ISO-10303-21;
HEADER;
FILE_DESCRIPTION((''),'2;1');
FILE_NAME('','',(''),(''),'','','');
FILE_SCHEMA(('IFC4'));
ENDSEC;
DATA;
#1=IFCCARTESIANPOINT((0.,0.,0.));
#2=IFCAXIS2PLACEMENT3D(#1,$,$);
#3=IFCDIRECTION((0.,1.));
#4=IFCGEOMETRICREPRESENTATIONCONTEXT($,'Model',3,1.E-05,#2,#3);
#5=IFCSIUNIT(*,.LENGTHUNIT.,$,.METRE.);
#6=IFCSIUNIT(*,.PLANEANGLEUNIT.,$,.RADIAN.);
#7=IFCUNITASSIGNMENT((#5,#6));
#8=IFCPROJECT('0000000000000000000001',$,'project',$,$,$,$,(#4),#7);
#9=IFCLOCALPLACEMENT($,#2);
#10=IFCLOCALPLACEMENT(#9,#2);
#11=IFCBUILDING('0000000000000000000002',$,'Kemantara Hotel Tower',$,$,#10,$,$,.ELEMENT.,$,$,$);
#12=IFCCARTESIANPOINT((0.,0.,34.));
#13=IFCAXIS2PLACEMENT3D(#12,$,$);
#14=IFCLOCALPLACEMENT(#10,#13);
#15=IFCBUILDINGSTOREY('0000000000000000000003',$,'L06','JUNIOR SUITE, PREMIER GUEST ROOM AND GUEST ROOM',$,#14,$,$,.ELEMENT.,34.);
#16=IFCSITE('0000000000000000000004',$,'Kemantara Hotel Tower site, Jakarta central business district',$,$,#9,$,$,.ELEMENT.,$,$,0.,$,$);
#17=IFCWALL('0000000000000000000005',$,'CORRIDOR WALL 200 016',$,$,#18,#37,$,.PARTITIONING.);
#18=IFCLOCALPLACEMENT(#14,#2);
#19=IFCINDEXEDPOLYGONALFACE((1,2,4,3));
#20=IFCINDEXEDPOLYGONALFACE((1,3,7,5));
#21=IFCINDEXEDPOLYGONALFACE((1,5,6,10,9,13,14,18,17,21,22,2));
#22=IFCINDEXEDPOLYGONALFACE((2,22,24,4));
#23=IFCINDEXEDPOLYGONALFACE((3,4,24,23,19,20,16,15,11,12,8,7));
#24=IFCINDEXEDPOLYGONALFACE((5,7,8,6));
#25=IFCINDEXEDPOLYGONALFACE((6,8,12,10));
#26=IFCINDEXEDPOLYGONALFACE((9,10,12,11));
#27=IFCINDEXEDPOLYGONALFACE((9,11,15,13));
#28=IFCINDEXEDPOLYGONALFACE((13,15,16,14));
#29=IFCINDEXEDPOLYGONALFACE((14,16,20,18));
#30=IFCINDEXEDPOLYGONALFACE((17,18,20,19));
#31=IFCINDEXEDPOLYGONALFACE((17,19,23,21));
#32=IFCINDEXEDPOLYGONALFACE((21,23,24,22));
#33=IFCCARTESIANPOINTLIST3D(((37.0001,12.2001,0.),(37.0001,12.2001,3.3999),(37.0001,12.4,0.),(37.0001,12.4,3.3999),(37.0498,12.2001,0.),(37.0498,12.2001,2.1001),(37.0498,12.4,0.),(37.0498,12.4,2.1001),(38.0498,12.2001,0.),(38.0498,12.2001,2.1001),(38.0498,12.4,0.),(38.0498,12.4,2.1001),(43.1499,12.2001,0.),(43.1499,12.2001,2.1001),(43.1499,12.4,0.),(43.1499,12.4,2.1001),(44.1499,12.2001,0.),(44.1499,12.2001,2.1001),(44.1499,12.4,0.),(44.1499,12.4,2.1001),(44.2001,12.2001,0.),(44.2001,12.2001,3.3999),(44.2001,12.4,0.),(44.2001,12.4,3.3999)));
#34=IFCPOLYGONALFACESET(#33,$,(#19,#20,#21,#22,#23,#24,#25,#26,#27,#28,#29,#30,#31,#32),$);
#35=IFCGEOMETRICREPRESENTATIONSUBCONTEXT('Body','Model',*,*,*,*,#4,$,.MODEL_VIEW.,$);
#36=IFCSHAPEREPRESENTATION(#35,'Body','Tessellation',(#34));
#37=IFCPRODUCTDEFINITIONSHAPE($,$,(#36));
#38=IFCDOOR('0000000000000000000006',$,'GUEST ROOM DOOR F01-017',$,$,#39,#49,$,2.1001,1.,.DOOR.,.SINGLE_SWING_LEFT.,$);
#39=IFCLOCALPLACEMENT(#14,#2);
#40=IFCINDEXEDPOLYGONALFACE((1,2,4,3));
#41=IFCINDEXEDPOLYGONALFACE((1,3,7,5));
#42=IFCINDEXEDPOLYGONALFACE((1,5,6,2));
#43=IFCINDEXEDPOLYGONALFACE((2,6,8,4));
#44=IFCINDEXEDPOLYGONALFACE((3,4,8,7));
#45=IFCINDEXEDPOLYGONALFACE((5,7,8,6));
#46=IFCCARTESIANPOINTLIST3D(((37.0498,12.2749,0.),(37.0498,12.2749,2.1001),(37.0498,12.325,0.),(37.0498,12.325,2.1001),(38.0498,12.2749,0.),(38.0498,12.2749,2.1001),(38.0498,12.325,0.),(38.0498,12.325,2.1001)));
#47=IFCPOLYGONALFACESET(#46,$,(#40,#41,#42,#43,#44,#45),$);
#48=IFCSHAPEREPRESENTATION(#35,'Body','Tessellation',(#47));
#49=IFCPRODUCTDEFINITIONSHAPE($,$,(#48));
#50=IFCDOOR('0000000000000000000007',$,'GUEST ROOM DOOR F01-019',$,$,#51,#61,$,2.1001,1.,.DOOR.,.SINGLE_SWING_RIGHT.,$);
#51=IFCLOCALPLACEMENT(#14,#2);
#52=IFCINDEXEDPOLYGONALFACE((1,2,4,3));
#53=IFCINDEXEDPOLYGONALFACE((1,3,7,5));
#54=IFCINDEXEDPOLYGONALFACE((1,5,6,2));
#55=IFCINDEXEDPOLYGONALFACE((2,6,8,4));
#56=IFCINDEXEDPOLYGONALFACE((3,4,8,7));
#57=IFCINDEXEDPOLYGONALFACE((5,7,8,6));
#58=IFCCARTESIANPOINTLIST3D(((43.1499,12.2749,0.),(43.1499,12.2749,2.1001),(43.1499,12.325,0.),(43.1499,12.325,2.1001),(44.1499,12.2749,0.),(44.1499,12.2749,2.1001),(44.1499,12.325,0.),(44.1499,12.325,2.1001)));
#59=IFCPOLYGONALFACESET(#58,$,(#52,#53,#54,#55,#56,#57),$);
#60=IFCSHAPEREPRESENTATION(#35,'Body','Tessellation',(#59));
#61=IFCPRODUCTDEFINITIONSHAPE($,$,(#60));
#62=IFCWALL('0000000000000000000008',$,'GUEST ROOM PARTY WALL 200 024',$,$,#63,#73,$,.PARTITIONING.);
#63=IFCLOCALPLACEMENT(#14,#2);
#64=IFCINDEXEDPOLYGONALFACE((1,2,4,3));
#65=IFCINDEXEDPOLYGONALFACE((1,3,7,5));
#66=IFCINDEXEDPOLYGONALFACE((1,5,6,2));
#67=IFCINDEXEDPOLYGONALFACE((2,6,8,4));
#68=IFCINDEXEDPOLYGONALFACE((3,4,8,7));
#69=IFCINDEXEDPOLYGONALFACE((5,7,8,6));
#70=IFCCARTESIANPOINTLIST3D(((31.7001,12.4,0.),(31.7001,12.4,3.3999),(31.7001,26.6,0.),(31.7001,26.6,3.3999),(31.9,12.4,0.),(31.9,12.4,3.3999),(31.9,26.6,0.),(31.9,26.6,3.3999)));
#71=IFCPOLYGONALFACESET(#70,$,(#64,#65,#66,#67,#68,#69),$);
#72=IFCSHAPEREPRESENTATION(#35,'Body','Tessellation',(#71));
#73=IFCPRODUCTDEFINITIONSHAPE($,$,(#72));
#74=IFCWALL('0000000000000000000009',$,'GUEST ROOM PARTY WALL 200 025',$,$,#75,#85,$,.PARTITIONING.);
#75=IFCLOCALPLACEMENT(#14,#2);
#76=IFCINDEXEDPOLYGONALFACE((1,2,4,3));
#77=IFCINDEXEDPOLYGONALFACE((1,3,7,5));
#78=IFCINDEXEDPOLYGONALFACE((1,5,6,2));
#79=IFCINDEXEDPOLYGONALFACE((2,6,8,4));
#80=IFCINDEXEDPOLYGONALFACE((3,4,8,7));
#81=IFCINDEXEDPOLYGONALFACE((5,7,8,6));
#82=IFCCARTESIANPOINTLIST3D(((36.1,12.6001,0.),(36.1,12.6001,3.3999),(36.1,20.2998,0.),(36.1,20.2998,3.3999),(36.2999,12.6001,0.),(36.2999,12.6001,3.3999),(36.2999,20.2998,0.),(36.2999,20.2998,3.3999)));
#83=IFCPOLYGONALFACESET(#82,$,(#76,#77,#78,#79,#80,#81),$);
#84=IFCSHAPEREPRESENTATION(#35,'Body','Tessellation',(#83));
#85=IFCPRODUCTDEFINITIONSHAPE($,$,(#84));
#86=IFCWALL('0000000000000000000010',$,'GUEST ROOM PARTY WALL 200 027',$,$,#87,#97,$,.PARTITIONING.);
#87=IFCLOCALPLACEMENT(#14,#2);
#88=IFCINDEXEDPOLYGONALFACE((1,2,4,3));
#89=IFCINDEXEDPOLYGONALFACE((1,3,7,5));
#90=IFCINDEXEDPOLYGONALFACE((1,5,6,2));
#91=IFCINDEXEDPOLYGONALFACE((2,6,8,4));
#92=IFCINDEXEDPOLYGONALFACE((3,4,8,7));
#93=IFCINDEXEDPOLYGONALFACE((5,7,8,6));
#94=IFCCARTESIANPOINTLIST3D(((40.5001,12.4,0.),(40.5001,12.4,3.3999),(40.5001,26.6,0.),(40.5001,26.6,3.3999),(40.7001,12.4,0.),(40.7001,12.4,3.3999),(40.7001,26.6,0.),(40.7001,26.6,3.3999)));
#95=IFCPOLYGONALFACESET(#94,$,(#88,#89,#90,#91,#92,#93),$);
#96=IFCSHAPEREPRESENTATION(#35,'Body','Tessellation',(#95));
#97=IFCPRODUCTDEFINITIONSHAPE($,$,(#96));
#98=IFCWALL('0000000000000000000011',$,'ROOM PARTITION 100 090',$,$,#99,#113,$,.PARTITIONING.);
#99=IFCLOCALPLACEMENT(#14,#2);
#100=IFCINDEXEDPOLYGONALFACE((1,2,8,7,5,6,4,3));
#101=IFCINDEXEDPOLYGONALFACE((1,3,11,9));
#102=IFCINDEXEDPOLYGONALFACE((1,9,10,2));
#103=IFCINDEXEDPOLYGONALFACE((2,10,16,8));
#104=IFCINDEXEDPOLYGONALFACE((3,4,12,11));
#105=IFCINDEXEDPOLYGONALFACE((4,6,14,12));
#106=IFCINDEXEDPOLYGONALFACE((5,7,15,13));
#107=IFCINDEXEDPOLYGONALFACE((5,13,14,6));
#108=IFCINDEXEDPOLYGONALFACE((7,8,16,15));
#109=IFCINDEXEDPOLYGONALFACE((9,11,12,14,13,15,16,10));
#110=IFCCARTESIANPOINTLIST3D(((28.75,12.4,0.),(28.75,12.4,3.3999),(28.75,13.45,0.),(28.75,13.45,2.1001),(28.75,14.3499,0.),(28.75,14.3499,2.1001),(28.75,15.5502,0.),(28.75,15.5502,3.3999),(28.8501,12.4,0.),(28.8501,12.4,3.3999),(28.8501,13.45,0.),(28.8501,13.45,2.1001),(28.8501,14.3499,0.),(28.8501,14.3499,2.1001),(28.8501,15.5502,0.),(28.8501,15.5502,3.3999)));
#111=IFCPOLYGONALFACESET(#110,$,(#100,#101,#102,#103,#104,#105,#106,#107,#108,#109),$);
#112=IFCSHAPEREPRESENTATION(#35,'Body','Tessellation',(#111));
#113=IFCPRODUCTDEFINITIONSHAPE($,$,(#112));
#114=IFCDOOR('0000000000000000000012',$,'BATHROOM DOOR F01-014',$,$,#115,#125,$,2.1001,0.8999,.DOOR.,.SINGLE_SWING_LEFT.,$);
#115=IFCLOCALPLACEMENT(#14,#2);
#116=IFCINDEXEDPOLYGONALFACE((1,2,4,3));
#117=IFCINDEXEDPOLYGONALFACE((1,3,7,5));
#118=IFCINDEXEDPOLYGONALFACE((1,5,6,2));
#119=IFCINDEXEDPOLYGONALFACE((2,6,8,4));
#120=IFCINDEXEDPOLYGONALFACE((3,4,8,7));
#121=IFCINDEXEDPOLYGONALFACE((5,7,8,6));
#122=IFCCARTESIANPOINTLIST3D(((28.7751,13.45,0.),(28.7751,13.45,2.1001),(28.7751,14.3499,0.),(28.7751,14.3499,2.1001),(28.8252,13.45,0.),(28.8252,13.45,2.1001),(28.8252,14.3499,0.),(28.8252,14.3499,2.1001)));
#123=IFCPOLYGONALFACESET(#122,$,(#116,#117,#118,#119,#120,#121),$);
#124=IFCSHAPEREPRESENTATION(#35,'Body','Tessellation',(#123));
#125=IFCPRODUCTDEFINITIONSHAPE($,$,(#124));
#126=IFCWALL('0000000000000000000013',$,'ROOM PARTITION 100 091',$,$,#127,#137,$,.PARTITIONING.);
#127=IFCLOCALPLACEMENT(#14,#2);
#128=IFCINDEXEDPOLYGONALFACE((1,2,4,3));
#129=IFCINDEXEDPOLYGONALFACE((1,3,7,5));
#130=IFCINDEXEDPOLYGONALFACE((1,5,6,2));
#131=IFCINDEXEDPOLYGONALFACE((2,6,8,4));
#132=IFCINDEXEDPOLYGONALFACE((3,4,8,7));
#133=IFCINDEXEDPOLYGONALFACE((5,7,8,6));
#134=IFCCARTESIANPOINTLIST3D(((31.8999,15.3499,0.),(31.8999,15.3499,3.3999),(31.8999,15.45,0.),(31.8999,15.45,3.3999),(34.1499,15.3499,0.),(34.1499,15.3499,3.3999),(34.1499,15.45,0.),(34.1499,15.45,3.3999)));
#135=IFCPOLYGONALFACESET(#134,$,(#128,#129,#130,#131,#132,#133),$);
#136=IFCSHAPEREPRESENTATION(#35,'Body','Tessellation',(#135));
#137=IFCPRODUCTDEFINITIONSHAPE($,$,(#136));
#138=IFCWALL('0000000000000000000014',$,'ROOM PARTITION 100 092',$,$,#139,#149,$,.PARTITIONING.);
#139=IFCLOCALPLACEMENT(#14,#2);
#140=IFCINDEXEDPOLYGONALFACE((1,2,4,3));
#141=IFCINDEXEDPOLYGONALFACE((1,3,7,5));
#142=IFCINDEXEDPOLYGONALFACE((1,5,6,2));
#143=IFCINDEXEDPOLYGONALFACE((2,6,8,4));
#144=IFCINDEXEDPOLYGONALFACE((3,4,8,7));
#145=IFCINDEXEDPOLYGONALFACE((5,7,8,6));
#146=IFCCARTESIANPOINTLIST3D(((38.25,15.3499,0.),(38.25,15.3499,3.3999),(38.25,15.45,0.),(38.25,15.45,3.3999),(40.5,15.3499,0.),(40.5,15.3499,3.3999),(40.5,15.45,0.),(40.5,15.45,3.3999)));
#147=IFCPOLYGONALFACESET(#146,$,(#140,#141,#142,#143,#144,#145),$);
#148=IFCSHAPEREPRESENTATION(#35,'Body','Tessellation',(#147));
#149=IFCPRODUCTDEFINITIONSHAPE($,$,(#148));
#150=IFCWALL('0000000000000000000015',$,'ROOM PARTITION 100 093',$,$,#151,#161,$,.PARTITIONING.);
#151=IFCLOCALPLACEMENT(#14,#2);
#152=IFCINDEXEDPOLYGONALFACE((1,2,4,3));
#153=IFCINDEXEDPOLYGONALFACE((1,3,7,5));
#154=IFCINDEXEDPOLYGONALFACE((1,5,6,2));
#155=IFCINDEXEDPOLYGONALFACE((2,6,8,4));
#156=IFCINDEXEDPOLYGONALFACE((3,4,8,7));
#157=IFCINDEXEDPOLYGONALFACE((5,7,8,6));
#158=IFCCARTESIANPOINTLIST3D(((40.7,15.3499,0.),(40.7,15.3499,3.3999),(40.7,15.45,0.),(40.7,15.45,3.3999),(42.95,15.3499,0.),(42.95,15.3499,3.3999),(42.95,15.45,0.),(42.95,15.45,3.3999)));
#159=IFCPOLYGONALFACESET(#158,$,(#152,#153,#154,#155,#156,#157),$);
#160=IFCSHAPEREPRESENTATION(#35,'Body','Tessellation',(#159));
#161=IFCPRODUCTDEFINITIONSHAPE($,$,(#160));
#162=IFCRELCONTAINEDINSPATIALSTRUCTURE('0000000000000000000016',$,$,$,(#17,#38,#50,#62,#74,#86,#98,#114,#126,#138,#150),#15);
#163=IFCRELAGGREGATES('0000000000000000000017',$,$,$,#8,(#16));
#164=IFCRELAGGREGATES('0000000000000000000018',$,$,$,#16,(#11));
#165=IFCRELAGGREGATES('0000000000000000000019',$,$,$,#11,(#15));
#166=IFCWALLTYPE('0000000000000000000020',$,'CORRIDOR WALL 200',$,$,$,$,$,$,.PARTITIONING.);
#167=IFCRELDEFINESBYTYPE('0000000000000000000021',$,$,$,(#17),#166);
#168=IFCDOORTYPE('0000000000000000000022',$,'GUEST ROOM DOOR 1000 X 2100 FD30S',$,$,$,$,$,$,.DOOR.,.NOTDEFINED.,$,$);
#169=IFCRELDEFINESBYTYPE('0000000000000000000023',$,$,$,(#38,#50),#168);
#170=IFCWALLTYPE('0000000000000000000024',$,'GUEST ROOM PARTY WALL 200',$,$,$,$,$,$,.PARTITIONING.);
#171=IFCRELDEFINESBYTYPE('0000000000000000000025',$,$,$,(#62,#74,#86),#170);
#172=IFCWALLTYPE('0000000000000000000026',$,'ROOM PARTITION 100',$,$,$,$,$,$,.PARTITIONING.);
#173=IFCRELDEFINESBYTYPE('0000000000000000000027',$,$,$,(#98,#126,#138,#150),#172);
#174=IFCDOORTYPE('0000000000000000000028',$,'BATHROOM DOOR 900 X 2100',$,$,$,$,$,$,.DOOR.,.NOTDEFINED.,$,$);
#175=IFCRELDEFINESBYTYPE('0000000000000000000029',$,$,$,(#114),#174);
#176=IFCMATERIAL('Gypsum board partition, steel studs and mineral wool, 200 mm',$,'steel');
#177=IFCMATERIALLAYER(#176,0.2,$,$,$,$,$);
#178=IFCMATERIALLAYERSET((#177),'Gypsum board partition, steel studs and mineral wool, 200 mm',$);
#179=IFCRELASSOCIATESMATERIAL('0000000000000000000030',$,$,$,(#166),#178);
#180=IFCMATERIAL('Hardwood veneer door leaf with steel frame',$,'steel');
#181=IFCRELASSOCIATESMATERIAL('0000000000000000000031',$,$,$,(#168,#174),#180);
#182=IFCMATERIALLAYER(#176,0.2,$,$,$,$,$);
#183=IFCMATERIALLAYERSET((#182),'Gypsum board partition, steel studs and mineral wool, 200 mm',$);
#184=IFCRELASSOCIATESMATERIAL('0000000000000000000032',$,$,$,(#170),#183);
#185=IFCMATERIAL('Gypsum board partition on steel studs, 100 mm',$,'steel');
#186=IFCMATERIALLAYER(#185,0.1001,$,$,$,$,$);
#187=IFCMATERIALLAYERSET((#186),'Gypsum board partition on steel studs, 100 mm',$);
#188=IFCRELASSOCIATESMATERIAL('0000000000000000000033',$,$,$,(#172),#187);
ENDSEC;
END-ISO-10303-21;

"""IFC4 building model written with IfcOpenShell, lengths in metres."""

from ifc_helpers import new_model, si_unit, direction, frame, frame_2d, origin, place, context, subcontext, project, spatial, rectangle, extrude, material, layer, layer_set, type_object, element, fill, save


model = new_model("IFC4")

# Units and contexts
model_context = context("Model", 3, precision=1e-05, world=origin(), true_north=direction((0.0, 1.0)))
body_context = subcontext(model_context, "Body", "Model", "MODEL_VIEW")
ifc_project = project(units=[si_unit("LENGTHUNIT", "METRE"), si_unit("PLANEANGLEUNIT", "RADIAN")], contexts=[model_context])

# Site, building, storey
site_placement = place(None, origin())
site = spatial("IfcSite", under=ifc_project, at=site_placement, Name="Kemantara Hotel Tower site, Jakarta central business district", CompositionType="ELEMENT", RefElevation=0.0)
building_placement = place(site_placement, origin())
building = spatial("IfcBuilding", under=site, at=building_placement, Name="Kemantara Hotel Tower", CompositionType="ELEMENT")
storey_placement = place(building_placement, frame((0.0, 0.0, 34.0)))
storey = spatial("IfcBuildingStorey", under=building, at=storey_placement, Name="L06", Description="JUNIOR SUITE, PREMIER GUEST ROOM AND GUEST ROOM", CompositionType="ELEMENT", Elevation=34.0)

# Wall, openings, doors
ifc_material_1 = material(Name="Gypsum board partition, steel studs and mineral wool, 200 mm", Category="steel")
ifc_layer_1 = layer(ifc_material_1, 0.2)
ifc_layer_set_1 = layer_set([ifc_layer_1], Name="Gypsum board partition, steel studs and mineral wool, 200 mm")
wall_type_1 = type_object("IfcWallType", Name="CORRIDOR WALL 200", PredefinedType="PARTITIONING", material=ifc_layer_set_1)
ifc_material_2 = material(Name="Hardwood veneer door leaf with steel frame", Category="steel")
door_type_1 = type_object("IfcDoorType", Name="GUEST ROOM DOOR 1000 X 2100 FD30S", OperationType="NOTDEFINED", PredefinedType="DOOR", material=ifc_material_2)
wall_1_placement = place(storey_placement, frame((37.0, 12.3, 0.0), z_axis=(0.0, 0.0, 1.0), x_axis=(1.0, 0.0, 0.0)))
wall_1 = element("IfcWall", 1, at=wall_1_placement, inside=storey, type_object=wall_type_1, Name="CORRIDOR WALL 200 016", PredefinedType="PARTITIONING", context=body_context, shape_type="SweptSolid", body=[
    extrude(rectangle(XDim=7.2, YDim=0.2, at=frame_2d((3.6001, 0.0))), origin(), (0.0, 0.0, 1.0), 3.3999),
])
opening_1_placement = place(wall_1_placement, frame((0.0498, 0.0, 0.0)))
opening_1 = element("IfcOpeningElement", 2, at=opening_1_placement, cuts=wall_1, PredefinedType="OPENING", context=body_context, shape_type="SweptSolid", body=[
    extrude(rectangle(XDim=1.0, YDim=2.1001, at=frame_2d((0.5, 1.05))), frame((0.0, 0.1099, 0.0), z_axis=(0.0, -1.0, 0.0), x_axis=(1.0, 0.0, 0.0)), (0.0, 0.0, 1.0), 0.22),
])
opening_2_placement = place(wall_1_placement, frame((6.1499, 0.0, 0.0)))
opening_2 = element("IfcOpeningElement", 3, at=opening_2_placement, cuts=wall_1, PredefinedType="OPENING", context=body_context, shape_type="SweptSolid", body=[
    extrude(rectangle(XDim=1.0, YDim=2.1001, at=frame_2d((0.5, 1.05))), frame((0.0, 0.1099, 0.0), z_axis=(0.0, -1.0, 0.0), x_axis=(1.0, 0.0, 0.0)), (0.0, 0.0, 1.0), 0.22),
])
door_1_placement = place(opening_1_placement, origin())
door_1 = element("IfcDoor", 4, at=door_1_placement, inside=storey, type_object=door_type_1, Name="GUEST ROOM DOOR F01-017", OperationType="SINGLE_SWING_LEFT", OverallHeight=2.1001, OverallWidth=1.0, PredefinedType="DOOR", context=body_context, shape_type="SweptSolid", body=[
    extrude(rectangle(XDim=1.0, YDim=2.1001, at=frame_2d((0.5, 1.05))), frame((0.0, 0.0249, 0.0), z_axis=(0.0, -1.0, 0.0), x_axis=(1.0, 0.0, 0.0)), (0.0, 0.0, 1.0), 0.05),
])
fill(opening_1, door_1)
door_2_placement = place(opening_2_placement, origin())
door_2 = element("IfcDoor", 5, at=door_2_placement, inside=storey, type_object=door_type_1, Name="GUEST ROOM DOOR F01-019", OperationType="SINGLE_SWING_RIGHT", OverallHeight=2.1001, OverallWidth=1.0, PredefinedType="DOOR", context=body_context, shape_type="SweptSolid", body=[
    extrude(rectangle(XDim=1.0, YDim=2.1001, at=frame_2d((0.5, 1.05))), frame((0.0, 0.0249, 0.0), z_axis=(0.0, -1.0, 0.0), x_axis=(1.0, 0.0, 0.0)), (0.0, 0.0, 1.0), 0.05),
])
fill(opening_2, door_2)

# Walls
ifc_layer_2 = layer(ifc_material_1, 0.2)
ifc_layer_set_2 = layer_set([ifc_layer_2], Name="Gypsum board partition, steel studs and mineral wool, 200 mm")
wall_type_2 = type_object("IfcWallType", Name="GUEST ROOM PARTY WALL 200", PredefinedType="PARTITIONING", material=ifc_layer_set_2)
wall_2_placement = place(storey_placement, frame((31.8, 12.3999, 0.0), z_axis=(0.0, 0.0, 1.0), x_axis=(0.0, 1.0, 0.0)))
element("IfcWall", 6, at=wall_2_placement, inside=storey, type_object=wall_type_2, Name="GUEST ROOM PARTY WALL 200 024", PredefinedType="PARTITIONING", context=body_context, shape_type="SweptSolid", body=[
    extrude(rectangle(XDim=14.2, YDim=0.2, at=frame_2d((7.1001, 0.0))), origin(), (0.0, 0.0, 1.0), 3.3999),
])
wall_3_placement = place(storey_placement, frame((36.2, 12.6001, 0.0), z_axis=(0.0, 0.0, 1.0), x_axis=(0.0, 1.0, 0.0)))
element("IfcWall", 7, at=wall_3_placement, inside=storey, type_object=wall_type_2, Name="GUEST ROOM PARTY WALL 200 025", PredefinedType="PARTITIONING", context=body_context, shape_type="SweptSolid", body=[
    extrude(rectangle(XDim=7.6997, YDim=0.2, at=frame_2d((3.8499, 0.0))), origin(), (0.0, 0.0, 1.0), 3.3999),
])
wall_4_placement = place(storey_placement, frame((40.6001, 12.3999, 0.0), z_axis=(0.0, 0.0, 1.0), x_axis=(0.0, 1.0, 0.0)))
element("IfcWall", 8, at=wall_4_placement, inside=storey, type_object=wall_type_2, Name="GUEST ROOM PARTY WALL 200 027", PredefinedType="PARTITIONING", context=body_context, shape_type="SweptSolid", body=[
    extrude(rectangle(XDim=14.2, YDim=0.2, at=frame_2d((7.1001, 0.0))), origin(), (0.0, 0.0, 1.0), 3.3999),
])

# Wall, opening, door
ifc_material_3 = material(Name="Gypsum board partition on steel studs, 100 mm", Category="steel")
ifc_layer_3 = layer(ifc_material_3, 0.1001)
ifc_layer_set_3 = layer_set([ifc_layer_3], Name="Gypsum board partition on steel studs, 100 mm")
wall_type_3 = type_object("IfcWallType", Name="ROOM PARTITION 100", PredefinedType="PARTITIONING", material=ifc_layer_set_3)
wall_5_placement = place(storey_placement, frame((28.8, 12.3999, 0.0), z_axis=(0.0, 0.0, 1.0), x_axis=(0.0, 1.0, 0.0)))
wall_5 = element("IfcWall", 9, at=wall_5_placement, inside=storey, type_object=wall_type_3, Name="ROOM PARTITION 100 090", PredefinedType="PARTITIONING", context=body_context, shape_type="SweptSolid", body=[
    extrude(rectangle(XDim=3.1501, YDim=0.1001, at=frame_2d((1.5752, 0.0))), origin(), (0.0, 0.0, 1.0), 3.3999),
])
opening_3_placement = place(wall_5_placement, frame((1.05, 0.0, 0.0)))
opening_3 = element("IfcOpeningElement", 10, at=opening_3_placement, cuts=wall_5, PredefinedType="OPENING", context=body_context, shape_type="SweptSolid", body=[
    extrude(rectangle(XDim=0.8999, YDim=2.1001, at=frame_2d((0.45, 1.05))), frame((0.0, 0.0601, 0.0), z_axis=(0.0, -1.0, 0.0), x_axis=(1.0, 0.0, 0.0)), (0.0, 0.0, 1.0), 0.1201),
])
door_type_2 = type_object("IfcDoorType", Name="BATHROOM DOOR 900 X 2100", OperationType="NOTDEFINED", PredefinedType="DOOR", material=ifc_material_2)
door_3_placement = place(opening_3_placement, origin())
door_3 = element("IfcDoor", 11, at=door_3_placement, inside=storey, type_object=door_type_2, Name="BATHROOM DOOR F01-014", OperationType="SINGLE_SWING_LEFT", OverallHeight=2.1001, OverallWidth=0.8999, PredefinedType="DOOR", context=body_context, shape_type="SweptSolid", body=[
    extrude(rectangle(XDim=0.8999, YDim=2.1001, at=frame_2d((0.45, 1.05))), frame((0.0, 0.0249, 0.0), z_axis=(0.0, -1.0, 0.0), x_axis=(1.0, 0.0, 0.0)), (0.0, 0.0, 1.0), 0.05),
])
fill(opening_3, door_3)

# Walls
for number, where, z_axis, x_axis, name in (
    (12, (31.8999, 15.3999, 0.0), (0.0, 0.0, 1.0), (1.0, 0.0, 0.0), "ROOM PARTITION 100 091"),
    (13, (38.25, 15.3999, 0.0), (0.0, 0.0, 1.0), (1.0, 0.0, 0.0), "ROOM PARTITION 100 092"),
    (14, (40.7, 15.3999, 0.0), (0.0, 0.0, 1.0), (1.0, 0.0, 0.0), "ROOM PARTITION 100 093"),
):
    element("IfcWall", number, at=place(storey_placement, frame(where, z_axis=z_axis, x_axis=x_axis)), inside=storey, type_object=wall_type_3, Name=name, PredefinedType="PARTITIONING", context=body_context, shape_type="SweptSolid", body=[
        extrude(rectangle(XDim=2.25, YDim=0.1001, at=frame_2d((1.125, 0.0))), origin(), (0.0, 0.0, 1.0), 3.3999),
    ])

save(model, "model.ifc")
